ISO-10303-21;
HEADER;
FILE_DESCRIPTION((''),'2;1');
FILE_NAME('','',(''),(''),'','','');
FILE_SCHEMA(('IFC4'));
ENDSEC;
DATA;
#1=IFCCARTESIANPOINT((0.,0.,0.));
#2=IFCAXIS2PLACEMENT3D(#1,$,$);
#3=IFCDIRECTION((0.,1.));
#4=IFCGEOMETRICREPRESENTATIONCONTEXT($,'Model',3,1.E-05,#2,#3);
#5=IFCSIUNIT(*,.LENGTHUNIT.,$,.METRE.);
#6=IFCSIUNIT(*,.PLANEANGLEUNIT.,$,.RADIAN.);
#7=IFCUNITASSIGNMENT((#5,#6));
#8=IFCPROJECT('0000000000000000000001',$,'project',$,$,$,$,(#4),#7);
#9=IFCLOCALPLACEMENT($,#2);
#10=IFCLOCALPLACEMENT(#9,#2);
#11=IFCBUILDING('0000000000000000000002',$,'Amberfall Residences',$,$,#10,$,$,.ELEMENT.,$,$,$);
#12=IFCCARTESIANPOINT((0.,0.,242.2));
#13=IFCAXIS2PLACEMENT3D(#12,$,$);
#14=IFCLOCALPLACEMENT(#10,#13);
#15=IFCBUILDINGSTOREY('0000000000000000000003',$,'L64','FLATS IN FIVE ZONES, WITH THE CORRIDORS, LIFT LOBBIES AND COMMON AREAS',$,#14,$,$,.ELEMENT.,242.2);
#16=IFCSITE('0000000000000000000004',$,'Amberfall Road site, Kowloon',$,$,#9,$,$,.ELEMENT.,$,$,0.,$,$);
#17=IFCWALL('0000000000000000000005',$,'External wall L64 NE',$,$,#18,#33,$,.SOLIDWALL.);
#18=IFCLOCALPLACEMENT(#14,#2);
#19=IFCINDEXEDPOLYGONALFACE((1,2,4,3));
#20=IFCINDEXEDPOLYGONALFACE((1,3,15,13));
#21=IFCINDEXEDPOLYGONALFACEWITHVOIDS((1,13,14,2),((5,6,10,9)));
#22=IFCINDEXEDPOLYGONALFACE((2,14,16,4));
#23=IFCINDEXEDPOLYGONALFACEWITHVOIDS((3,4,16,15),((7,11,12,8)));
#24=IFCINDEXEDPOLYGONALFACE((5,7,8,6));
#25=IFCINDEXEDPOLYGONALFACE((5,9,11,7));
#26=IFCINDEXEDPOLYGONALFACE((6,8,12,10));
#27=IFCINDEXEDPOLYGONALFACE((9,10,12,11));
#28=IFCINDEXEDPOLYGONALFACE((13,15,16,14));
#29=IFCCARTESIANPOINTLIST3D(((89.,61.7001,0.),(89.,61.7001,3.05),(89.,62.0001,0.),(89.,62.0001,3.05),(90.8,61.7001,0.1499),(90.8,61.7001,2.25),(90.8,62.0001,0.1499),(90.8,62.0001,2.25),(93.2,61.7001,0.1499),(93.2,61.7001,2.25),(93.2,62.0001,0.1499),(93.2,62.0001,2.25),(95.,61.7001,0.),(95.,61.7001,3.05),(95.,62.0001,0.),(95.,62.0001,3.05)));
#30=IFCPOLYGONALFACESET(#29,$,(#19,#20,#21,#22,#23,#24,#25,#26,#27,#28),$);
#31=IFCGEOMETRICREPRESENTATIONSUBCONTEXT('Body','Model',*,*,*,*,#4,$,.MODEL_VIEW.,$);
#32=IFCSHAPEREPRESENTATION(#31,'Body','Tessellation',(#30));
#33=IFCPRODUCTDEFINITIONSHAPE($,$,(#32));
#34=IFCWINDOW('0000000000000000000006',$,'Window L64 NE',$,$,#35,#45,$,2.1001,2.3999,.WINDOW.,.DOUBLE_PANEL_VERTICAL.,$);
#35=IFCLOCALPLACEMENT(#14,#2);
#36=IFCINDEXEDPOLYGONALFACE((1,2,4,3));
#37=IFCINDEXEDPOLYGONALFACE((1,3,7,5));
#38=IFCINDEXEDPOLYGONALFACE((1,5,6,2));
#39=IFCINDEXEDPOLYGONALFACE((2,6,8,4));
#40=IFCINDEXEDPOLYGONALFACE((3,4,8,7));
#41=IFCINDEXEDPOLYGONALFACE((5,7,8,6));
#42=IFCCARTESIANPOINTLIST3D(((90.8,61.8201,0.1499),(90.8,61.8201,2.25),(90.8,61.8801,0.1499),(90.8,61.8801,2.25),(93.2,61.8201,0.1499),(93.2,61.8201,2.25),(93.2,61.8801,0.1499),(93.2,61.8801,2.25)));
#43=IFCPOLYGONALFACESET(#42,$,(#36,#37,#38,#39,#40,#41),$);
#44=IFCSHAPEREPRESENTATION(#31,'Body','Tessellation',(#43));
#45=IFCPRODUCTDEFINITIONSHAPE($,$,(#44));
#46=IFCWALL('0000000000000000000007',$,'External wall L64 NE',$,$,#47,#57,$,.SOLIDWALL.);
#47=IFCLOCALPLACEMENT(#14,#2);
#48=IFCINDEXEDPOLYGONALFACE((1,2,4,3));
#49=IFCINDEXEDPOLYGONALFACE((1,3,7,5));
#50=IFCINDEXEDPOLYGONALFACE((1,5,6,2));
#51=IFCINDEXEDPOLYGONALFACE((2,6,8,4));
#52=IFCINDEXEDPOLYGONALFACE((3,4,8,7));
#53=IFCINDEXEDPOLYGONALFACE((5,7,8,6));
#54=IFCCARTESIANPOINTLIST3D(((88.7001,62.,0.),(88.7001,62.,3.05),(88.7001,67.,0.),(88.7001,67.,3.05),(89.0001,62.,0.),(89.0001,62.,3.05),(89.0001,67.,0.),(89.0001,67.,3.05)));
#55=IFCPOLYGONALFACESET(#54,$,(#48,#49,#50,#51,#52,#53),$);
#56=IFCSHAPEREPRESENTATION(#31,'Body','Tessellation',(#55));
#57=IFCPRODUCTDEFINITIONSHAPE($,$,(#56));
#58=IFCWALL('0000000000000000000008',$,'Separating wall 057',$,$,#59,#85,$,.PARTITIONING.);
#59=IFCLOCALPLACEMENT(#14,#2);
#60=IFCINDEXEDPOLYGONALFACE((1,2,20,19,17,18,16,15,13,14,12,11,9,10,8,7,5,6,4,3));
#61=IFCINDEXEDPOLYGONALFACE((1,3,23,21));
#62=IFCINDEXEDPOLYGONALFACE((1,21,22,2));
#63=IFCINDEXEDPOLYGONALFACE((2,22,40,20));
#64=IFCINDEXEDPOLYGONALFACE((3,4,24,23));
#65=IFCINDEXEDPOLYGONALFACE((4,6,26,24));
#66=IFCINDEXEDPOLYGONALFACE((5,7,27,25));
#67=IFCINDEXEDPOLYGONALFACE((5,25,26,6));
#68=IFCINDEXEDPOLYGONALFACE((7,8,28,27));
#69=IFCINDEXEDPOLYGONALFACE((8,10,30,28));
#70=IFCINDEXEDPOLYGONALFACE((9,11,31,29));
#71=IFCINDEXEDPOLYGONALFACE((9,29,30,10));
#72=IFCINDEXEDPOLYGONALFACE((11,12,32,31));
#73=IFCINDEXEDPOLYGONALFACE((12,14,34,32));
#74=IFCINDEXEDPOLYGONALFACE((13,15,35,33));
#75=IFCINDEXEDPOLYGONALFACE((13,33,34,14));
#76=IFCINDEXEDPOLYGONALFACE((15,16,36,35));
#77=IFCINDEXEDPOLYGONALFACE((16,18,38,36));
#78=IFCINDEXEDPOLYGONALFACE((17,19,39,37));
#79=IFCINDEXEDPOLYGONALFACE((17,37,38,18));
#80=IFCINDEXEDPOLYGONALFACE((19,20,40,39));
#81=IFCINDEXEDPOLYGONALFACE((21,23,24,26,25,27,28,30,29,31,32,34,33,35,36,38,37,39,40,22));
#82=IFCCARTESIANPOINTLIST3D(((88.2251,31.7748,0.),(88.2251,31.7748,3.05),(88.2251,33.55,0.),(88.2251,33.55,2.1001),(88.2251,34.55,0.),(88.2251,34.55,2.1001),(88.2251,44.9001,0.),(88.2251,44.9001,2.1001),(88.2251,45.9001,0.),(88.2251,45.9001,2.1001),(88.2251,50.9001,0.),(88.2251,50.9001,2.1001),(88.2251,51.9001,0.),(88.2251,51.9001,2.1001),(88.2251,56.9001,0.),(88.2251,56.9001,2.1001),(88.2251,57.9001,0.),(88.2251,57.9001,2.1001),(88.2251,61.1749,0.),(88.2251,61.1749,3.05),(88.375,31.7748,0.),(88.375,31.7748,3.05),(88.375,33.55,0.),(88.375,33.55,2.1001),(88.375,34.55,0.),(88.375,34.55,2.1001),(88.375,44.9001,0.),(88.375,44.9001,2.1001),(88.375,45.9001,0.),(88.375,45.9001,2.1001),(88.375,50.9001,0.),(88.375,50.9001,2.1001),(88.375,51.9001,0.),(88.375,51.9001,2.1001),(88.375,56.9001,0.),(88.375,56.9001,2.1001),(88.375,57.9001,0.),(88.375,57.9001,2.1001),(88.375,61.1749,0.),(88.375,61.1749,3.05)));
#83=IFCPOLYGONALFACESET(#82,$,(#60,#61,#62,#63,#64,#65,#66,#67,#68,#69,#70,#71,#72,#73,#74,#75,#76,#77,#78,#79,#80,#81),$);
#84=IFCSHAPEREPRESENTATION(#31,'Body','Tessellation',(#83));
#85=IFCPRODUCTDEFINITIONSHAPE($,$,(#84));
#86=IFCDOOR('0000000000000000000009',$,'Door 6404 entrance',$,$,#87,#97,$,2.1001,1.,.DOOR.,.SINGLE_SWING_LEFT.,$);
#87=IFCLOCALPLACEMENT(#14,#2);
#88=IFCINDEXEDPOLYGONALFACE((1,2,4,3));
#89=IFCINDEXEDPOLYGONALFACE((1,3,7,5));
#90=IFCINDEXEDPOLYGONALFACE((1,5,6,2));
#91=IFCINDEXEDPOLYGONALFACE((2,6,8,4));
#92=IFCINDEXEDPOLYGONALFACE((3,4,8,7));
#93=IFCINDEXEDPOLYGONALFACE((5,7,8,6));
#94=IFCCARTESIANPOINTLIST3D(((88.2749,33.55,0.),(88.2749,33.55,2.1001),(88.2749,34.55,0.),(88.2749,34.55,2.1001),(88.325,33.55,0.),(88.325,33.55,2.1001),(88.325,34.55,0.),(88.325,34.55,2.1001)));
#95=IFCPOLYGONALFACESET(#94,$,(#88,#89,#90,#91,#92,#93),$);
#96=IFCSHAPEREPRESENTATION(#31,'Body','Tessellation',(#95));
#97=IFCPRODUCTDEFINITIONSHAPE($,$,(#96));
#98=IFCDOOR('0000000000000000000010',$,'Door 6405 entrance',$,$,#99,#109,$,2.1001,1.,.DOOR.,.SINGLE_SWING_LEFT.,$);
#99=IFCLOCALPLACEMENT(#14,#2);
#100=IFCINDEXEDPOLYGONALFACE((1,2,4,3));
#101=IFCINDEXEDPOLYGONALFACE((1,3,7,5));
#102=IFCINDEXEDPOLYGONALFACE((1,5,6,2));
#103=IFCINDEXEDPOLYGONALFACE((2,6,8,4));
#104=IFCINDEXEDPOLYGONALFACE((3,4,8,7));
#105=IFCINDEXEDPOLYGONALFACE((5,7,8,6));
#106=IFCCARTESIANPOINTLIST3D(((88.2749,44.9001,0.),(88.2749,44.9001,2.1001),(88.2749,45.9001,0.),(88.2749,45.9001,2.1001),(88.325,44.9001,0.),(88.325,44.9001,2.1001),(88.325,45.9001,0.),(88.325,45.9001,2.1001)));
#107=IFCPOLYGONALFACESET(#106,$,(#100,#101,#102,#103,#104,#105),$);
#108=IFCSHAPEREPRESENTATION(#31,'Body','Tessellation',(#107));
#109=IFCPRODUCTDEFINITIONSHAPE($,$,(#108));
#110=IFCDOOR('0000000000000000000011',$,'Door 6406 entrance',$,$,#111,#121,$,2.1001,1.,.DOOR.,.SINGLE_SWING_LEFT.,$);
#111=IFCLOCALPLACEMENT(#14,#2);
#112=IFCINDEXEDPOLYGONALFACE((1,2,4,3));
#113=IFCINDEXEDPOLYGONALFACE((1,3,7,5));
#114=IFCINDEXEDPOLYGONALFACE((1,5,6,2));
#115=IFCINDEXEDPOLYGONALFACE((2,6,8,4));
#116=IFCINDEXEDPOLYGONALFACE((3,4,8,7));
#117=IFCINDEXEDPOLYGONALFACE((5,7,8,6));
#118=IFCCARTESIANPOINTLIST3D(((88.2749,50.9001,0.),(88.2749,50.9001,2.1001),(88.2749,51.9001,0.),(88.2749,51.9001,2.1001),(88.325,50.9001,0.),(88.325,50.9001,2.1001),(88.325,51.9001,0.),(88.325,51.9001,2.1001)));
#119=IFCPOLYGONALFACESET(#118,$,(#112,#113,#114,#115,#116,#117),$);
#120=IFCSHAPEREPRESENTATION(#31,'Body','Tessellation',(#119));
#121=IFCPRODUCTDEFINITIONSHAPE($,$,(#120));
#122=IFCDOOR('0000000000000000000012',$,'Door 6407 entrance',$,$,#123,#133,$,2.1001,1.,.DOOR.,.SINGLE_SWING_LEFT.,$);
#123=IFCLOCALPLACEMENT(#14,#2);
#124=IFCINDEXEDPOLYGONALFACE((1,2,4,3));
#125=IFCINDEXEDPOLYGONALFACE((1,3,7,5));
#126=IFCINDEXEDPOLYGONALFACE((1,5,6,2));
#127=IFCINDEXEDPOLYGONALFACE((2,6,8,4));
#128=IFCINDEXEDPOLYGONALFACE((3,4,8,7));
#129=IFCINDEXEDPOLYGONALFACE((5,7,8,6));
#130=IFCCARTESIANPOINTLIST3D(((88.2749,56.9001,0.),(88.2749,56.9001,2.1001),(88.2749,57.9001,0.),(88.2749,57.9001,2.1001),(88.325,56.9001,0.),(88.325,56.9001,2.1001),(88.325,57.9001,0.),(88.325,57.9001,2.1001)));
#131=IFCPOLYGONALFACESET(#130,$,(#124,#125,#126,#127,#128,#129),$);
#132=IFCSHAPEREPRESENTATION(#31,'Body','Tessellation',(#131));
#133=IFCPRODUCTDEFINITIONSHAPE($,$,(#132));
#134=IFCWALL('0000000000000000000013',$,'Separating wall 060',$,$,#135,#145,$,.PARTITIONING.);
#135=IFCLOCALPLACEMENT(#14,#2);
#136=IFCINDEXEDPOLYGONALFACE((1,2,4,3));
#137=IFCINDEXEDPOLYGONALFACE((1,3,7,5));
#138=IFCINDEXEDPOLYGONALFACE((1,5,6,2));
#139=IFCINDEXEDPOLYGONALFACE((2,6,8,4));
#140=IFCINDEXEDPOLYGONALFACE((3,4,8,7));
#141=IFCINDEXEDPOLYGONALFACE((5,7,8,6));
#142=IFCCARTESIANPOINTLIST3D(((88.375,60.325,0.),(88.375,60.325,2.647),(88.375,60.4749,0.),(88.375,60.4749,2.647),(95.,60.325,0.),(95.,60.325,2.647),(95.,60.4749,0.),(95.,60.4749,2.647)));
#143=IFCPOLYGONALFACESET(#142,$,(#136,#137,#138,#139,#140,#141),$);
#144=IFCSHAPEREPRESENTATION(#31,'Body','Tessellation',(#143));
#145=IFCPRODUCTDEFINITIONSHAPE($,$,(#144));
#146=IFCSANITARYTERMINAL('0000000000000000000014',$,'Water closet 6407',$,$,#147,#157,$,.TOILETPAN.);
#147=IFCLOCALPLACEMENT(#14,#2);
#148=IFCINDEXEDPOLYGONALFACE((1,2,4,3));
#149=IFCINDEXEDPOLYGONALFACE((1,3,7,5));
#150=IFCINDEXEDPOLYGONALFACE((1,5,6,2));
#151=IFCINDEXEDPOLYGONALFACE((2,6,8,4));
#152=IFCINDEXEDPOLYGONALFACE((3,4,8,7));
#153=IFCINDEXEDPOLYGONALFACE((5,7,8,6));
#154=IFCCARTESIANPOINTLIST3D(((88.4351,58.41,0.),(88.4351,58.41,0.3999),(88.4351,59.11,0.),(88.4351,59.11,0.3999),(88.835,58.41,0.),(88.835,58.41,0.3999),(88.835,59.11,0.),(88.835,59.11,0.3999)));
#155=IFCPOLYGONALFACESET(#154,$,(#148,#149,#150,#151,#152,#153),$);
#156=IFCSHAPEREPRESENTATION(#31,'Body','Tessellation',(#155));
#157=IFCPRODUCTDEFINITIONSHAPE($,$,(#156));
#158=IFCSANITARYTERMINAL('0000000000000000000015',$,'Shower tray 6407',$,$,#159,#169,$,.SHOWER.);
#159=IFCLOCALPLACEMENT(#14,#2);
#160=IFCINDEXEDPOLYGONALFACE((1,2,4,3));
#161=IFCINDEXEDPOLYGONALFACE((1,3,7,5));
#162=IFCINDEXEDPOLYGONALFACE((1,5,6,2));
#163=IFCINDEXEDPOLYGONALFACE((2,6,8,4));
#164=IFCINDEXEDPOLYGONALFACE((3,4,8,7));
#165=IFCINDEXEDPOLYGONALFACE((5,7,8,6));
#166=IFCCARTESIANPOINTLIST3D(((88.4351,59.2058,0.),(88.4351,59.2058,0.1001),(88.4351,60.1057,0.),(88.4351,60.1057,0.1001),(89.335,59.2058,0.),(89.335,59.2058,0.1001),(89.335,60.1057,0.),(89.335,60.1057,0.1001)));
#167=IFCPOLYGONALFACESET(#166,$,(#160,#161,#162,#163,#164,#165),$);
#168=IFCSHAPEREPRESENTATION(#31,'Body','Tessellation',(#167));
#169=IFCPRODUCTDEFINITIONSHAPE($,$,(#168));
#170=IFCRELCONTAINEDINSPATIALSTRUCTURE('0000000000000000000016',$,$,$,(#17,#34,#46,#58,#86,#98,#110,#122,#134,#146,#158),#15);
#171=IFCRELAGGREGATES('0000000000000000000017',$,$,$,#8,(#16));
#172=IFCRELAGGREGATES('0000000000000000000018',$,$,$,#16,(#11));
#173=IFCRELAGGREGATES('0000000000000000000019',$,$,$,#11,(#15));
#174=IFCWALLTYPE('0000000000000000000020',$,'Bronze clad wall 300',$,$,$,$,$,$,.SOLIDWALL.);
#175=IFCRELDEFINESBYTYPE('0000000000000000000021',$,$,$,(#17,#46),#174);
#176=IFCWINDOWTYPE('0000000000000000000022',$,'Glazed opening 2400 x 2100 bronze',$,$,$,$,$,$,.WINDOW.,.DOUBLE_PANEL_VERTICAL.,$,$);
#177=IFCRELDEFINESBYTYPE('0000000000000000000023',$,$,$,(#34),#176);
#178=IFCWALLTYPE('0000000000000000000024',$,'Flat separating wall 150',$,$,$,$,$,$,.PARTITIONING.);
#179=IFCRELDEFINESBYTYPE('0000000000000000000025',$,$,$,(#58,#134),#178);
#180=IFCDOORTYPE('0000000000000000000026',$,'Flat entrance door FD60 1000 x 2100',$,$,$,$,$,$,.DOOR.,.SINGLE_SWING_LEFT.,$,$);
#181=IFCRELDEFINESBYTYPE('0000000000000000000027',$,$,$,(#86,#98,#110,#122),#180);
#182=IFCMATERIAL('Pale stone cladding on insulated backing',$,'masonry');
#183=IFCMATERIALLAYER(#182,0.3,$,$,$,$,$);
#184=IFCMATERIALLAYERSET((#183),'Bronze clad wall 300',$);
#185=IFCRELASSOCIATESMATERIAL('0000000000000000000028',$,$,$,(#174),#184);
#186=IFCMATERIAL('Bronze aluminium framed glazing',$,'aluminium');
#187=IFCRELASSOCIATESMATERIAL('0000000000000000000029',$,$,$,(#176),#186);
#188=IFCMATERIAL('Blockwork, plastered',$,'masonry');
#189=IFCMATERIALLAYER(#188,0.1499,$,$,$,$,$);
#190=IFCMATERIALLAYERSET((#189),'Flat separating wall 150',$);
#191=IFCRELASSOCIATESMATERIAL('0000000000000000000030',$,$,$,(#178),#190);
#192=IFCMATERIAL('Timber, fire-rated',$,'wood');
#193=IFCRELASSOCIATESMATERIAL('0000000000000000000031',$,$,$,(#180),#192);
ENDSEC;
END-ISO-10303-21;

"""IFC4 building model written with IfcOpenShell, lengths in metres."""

from ifc_helpers import new_model, si_unit, direction, frame, frame_2d, origin, origin_2d, place, context, subcontext, project, spatial, rectangle, extrude, material, layer, layer_set, type_object, element, fill, save


model = new_model("IFC4")

# Units and contexts
model_context = context("Model", 3, precision=1e-05, world=origin(), true_north=direction((0.0, 1.0)))
body_context = subcontext(model_context, "Body", "Model", "MODEL_VIEW")
ifc_project = project(units=[si_unit("LENGTHUNIT", "METRE"), si_unit("PLANEANGLEUNIT", "RADIAN")], contexts=[model_context])

# Site, building, storey
site_placement = place(None, origin())
site = spatial("IfcSite", under=ifc_project, at=site_placement, Name="Amberfall Road site, Kowloon", CompositionType="ELEMENT", RefElevation=0.0)
building_placement = place(site_placement, origin())
building = spatial("IfcBuilding", under=site, at=building_placement, Name="Amberfall Residences", CompositionType="ELEMENT")
storey_placement = place(building_placement, frame((0.0, 0.0, 242.2)))
storey = spatial("IfcBuildingStorey", under=building, at=storey_placement, Name="L64", Description="FLATS IN FIVE ZONES, WITH THE CORRIDORS, LIFT LOBBIES AND COMMON AREAS", CompositionType="ELEMENT", Elevation=242.2)

# Wall, opening, window
ifc_material_1 = material(Name="Pale stone cladding on insulated backing", Category="masonry")
ifc_layer_1 = layer(ifc_material_1, 0.3)
ifc_layer_set_1 = layer_set([ifc_layer_1], Name="Bronze clad wall 300")
wall_type_1 = type_object("IfcWallType", Name="Bronze clad wall 300", PredefinedType="SOLIDWALL", material=ifc_layer_set_1)
wall_1_placement = place(storey_placement, frame((95.0, 61.8501, 0.0), z_axis=(0.0, 0.0, 1.0), x_axis=(-1.0, 0.0, 0.0)))
wall_1 = element("IfcWall", 1, at=wall_1_placement, inside=storey, type_object=wall_type_1, Name="External wall L64 NE", PredefinedType="SOLIDWALL", context=body_context, shape_type="SweptSolid", body=[
    extrude(rectangle(XDim=6.0, YDim=0.3, at=frame_2d((3.0, 0.0))), origin(), (0.0, 0.0, 1.0), 3.05),
])
opening_1_placement = place(wall_1_placement, frame((1.8, 0.0, 0.1499)))
opening_1 = element("IfcOpeningElement", 2, at=opening_1_placement, cuts=wall_1, PredefinedType="OPENING", context=body_context, shape_type="SweptSolid", body=[
    extrude(rectangle(XDim=2.3999, YDim=2.1001, at=frame_2d((1.2, 1.05))), frame((0.0, 0.1599, 0.0), z_axis=(0.0, -1.0, 0.0), x_axis=(1.0, 0.0, 0.0)), (0.0, 0.0, 1.0), 0.3201),
])
ifc_material_2 = material(Name="Bronze aluminium framed glazing", Category="aluminium")
window_type = type_object("IfcWindowType", Name="Glazed opening 2400 x 2100 bronze", PartitioningType="DOUBLE_PANEL_VERTICAL", PredefinedType="WINDOW", material=ifc_material_2)
window_placement = place(opening_1_placement, origin())
window = element("IfcWindow", 3, at=window_placement, inside=storey, type_object=window_type, Name="Window L64 NE", OverallHeight=2.1001, OverallWidth=2.3999, PartitioningType="DOUBLE_PANEL_VERTICAL", PredefinedType="WINDOW", context=body_context, shape_type="SweptSolid", body=[
    extrude(rectangle(XDim=2.3999, YDim=2.1001, at=frame_2d((1.2, 1.05))), frame((0.0, 0.03, 0.0), z_axis=(0.0, -1.0, 0.0), x_axis=(1.0, 0.0, 0.0)), (0.0, 0.0, 1.0), 0.0601),
])
fill(opening_1, window)

# Wall
wall_2_placement = place(storey_placement, frame((88.8501, 62.0, 0.0), z_axis=(0.0, 0.0, 1.0), x_axis=(0.0, 1.0, 0.0)))
element("IfcWall", 4, at=wall_2_placement, inside=storey, type_object=wall_type_1, Name="External wall L64 NE", PredefinedType="SOLIDWALL", context=body_context, shape_type="SweptSolid", body=[
    extrude(rectangle(XDim=5.0, YDim=0.3, at=frame_2d((2.5, 0.0))), origin(), (0.0, 0.0, 1.0), 3.05),
])

# Wall, openings, doors
ifc_material_3 = material(Name="Blockwork, plastered", Category="masonry")
ifc_layer_2 = layer(ifc_material_3, 0.1499)
ifc_layer_set_2 = layer_set([ifc_layer_2], Name="Flat separating wall 150")
wall_type_2 = type_object("IfcWallType", Name="Flat separating wall 150", PredefinedType="PARTITIONING", material=ifc_layer_set_2)
wall_3_placement = place(storey_placement, frame((88.3, 61.175, 0.0), z_axis=(0.0, 0.0, 1.0), x_axis=(0.0, -1.0, 0.0)))
wall_3 = element("IfcWall", 5, at=wall_3_placement, inside=storey, type_object=wall_type_2, Name="Separating wall 057", PredefinedType="PARTITIONING", context=body_context, shape_type="SweptSolid", body=[
    extrude(rectangle(XDim=29.4001, YDim=0.1499, at=frame_2d((14.7002, 0.0))), origin(), (0.0, 0.0, 1.0), 3.05),
])
opening_2_placement = place(wall_3_placement, frame((26.625, 0.0, 0.0)))
opening_2 = element("IfcOpeningElement", 6, at=opening_2_placement, cuts=wall_3, PredefinedType="OPENING", context=body_context, shape_type="SweptSolid", body=[
    extrude(rectangle(XDim=1.0, YDim=2.1001, at=frame_2d((0.5, 1.05))), frame((0.0, 0.085, 0.0), z_axis=(0.0, -1.0, 0.0), x_axis=(1.0, 0.0, 0.0)), (0.0, 0.0, 1.0), 0.1699),
])
opening_3_placement = place(wall_3_placement, frame((15.2749, 0.0, 0.0)))
opening_3 = element("IfcOpeningElement", 7, at=opening_3_placement, cuts=wall_3, PredefinedType="OPENING", context=body_context, shape_type="SweptSolid", body=[
    extrude(rectangle(XDim=1.0, YDim=2.1001, at=frame_2d((0.5, 1.05))), frame((0.0, 0.085, 0.0), z_axis=(0.0, -1.0, 0.0), x_axis=(1.0, 0.0, 0.0)), (0.0, 0.0, 1.0), 0.1699),
])
opening_4_placement = place(wall_3_placement, frame((9.2749, 0.0, 0.0)))
opening_4 = element("IfcOpeningElement", 8, at=opening_4_placement, cuts=wall_3, PredefinedType="OPENING", context=body_context, shape_type="SweptSolid", body=[
    extrude(rectangle(XDim=1.0, YDim=2.1001, at=frame_2d((0.5, 1.05))), frame((0.0, 0.085, 0.0), z_axis=(0.0, -1.0, 0.0), x_axis=(1.0, 0.0, 0.0)), (0.0, 0.0, 1.0), 0.1699),
])
opening_5_placement = place(wall_3_placement, frame((3.2749, 0.0, 0.0)))
opening_5 = element("IfcOpeningElement", 9, at=opening_5_placement, cuts=wall_3, PredefinedType="OPENING", context=body_context, shape_type="SweptSolid", body=[
    extrude(rectangle(XDim=1.0, YDim=2.1001, at=frame_2d((0.5, 1.05))), frame((0.0, 0.085, 0.0), z_axis=(0.0, -1.0, 0.0), x_axis=(1.0, 0.0, 0.0)), (0.0, 0.0, 1.0), 0.1699),
])
ifc_material_4 = material(Name="Timber, fire-rated", Category="wood")
door_type = type_object("IfcDoorType", Name="Flat entrance door FD60 1000 x 2100", OperationType="SINGLE_SWING_LEFT", PredefinedType="DOOR", material=ifc_material_4)
door_1_placement = place(opening_2_placement, origin())
door_1 = element("IfcDoor", 10, at=door_1_placement, inside=storey, type_object=door_type, Name="Door 6404 entrance", OperationType="SINGLE_SWING_LEFT", OverallHeight=2.1001, OverallWidth=1.0, PredefinedType="DOOR", context=body_context, shape_type="SweptSolid", body=[
    extrude(rectangle(XDim=1.0, YDim=2.1001, at=frame_2d((0.5, 1.05))), frame((0.0, 0.0249, 0.0), z_axis=(0.0, -1.0, 0.0), x_axis=(1.0, 0.0, 0.0)), (0.0, 0.0, 1.0), 0.05),
])
fill(opening_2, door_1)
door_2_placement = place(opening_3_placement, origin())
door_2 = element("IfcDoor", 11, at=door_2_placement, inside=storey, type_object=door_type, Name="Door 6405 entrance", OperationType="SINGLE_SWING_LEFT", OverallHeight=2.1001, OverallWidth=1.0, PredefinedType="DOOR", context=body_context, shape_type="SweptSolid", body=[
    extrude(rectangle(XDim=1.0, YDim=2.1001, at=frame_2d((0.5, 1.05))), frame((0.0, 0.0249, 0.0), z_axis=(0.0, -1.0, 0.0), x_axis=(1.0, 0.0, 0.0)), (0.0, 0.0, 1.0), 0.05),
])
fill(opening_3, door_2)
door_3_placement = place(opening_4_placement, origin())
door_3 = element("IfcDoor", 12, at=door_3_placement, inside=storey, type_object=door_type, Name="Door 6406 entrance", OperationType="SINGLE_SWING_LEFT", OverallHeight=2.1001, OverallWidth=1.0, PredefinedType="DOOR", context=body_context, shape_type="SweptSolid", body=[
    extrude(rectangle(XDim=1.0, YDim=2.1001, at=frame_2d((0.5, 1.05))), frame((0.0, 0.0249, 0.0), z_axis=(0.0, -1.0, 0.0), x_axis=(1.0, 0.0, 0.0)), (0.0, 0.0, 1.0), 0.05),
])
fill(opening_4, door_3)
door_4_placement = place(opening_5_placement, origin())
door_4 = element("IfcDoor", 13, at=door_4_placement, inside=storey, type_object=door_type, Name="Door 6407 entrance", OperationType="SINGLE_SWING_LEFT", OverallHeight=2.1001, OverallWidth=1.0, PredefinedType="DOOR", context=body_context, shape_type="SweptSolid", body=[
    extrude(rectangle(XDim=1.0, YDim=2.1001, at=frame_2d((0.5, 1.05))), frame((0.0, 0.0249, 0.0), z_axis=(0.0, -1.0, 0.0), x_axis=(1.0, 0.0, 0.0)), (0.0, 0.0, 1.0), 0.05),
])
fill(opening_5, door_4)

# Wall
wall_4_placement = place(storey_placement, frame((88.375, 60.3999, 0.0), z_axis=(0.0, 0.0, 1.0), x_axis=(1.0, 0.0, 0.0)))
element("IfcWall", 14, at=wall_4_placement, inside=storey, type_object=wall_type_2, Name="Separating wall 060", PredefinedType="PARTITIONING", context=body_context, shape_type="SweptSolid", body=[
    extrude(rectangle(XDim=6.625, YDim=0.1499, at=frame_2d((3.3125, 0.0))), origin(), (0.0, 0.0, 1.0), 2.647),
])

# Sanitary terminals
sanitary_terminal_1_placement = place(storey_placement, frame((88.635, 58.76, 0.0), z_axis=(0.0, 0.0, 1.0), x_axis=(1.0, 0.0, 0.0)))
element("IfcSanitaryTerminal", 15, at=sanitary_terminal_1_placement, inside=storey, Name="Water closet 6407", PredefinedType="TOILETPAN", context=body_context, shape_type="SweptSolid", body=[
    extrude(rectangle(XDim=0.3999, YDim=0.7, at=origin_2d()), origin(), (0.0, 0.0, 1.0), 0.3999),
])
sanitary_terminal_2_placement = place(storey_placement, frame((88.885, 59.6558, 0.0), z_axis=(0.0, 0.0, 1.0), x_axis=(1.0, 0.0, 0.0)))
element("IfcSanitaryTerminal", 16, at=sanitary_terminal_2_placement, inside=storey, Name="Shower tray 6407", PredefinedType="SHOWER", context=body_context, shape_type="SweptSolid", body=[
    extrude(rectangle(XDim=0.8999, YDim=0.8999, at=origin_2d()), origin(), (0.0, 0.0, 1.0), 0.1001),
])

save(model, "model.ifc")
